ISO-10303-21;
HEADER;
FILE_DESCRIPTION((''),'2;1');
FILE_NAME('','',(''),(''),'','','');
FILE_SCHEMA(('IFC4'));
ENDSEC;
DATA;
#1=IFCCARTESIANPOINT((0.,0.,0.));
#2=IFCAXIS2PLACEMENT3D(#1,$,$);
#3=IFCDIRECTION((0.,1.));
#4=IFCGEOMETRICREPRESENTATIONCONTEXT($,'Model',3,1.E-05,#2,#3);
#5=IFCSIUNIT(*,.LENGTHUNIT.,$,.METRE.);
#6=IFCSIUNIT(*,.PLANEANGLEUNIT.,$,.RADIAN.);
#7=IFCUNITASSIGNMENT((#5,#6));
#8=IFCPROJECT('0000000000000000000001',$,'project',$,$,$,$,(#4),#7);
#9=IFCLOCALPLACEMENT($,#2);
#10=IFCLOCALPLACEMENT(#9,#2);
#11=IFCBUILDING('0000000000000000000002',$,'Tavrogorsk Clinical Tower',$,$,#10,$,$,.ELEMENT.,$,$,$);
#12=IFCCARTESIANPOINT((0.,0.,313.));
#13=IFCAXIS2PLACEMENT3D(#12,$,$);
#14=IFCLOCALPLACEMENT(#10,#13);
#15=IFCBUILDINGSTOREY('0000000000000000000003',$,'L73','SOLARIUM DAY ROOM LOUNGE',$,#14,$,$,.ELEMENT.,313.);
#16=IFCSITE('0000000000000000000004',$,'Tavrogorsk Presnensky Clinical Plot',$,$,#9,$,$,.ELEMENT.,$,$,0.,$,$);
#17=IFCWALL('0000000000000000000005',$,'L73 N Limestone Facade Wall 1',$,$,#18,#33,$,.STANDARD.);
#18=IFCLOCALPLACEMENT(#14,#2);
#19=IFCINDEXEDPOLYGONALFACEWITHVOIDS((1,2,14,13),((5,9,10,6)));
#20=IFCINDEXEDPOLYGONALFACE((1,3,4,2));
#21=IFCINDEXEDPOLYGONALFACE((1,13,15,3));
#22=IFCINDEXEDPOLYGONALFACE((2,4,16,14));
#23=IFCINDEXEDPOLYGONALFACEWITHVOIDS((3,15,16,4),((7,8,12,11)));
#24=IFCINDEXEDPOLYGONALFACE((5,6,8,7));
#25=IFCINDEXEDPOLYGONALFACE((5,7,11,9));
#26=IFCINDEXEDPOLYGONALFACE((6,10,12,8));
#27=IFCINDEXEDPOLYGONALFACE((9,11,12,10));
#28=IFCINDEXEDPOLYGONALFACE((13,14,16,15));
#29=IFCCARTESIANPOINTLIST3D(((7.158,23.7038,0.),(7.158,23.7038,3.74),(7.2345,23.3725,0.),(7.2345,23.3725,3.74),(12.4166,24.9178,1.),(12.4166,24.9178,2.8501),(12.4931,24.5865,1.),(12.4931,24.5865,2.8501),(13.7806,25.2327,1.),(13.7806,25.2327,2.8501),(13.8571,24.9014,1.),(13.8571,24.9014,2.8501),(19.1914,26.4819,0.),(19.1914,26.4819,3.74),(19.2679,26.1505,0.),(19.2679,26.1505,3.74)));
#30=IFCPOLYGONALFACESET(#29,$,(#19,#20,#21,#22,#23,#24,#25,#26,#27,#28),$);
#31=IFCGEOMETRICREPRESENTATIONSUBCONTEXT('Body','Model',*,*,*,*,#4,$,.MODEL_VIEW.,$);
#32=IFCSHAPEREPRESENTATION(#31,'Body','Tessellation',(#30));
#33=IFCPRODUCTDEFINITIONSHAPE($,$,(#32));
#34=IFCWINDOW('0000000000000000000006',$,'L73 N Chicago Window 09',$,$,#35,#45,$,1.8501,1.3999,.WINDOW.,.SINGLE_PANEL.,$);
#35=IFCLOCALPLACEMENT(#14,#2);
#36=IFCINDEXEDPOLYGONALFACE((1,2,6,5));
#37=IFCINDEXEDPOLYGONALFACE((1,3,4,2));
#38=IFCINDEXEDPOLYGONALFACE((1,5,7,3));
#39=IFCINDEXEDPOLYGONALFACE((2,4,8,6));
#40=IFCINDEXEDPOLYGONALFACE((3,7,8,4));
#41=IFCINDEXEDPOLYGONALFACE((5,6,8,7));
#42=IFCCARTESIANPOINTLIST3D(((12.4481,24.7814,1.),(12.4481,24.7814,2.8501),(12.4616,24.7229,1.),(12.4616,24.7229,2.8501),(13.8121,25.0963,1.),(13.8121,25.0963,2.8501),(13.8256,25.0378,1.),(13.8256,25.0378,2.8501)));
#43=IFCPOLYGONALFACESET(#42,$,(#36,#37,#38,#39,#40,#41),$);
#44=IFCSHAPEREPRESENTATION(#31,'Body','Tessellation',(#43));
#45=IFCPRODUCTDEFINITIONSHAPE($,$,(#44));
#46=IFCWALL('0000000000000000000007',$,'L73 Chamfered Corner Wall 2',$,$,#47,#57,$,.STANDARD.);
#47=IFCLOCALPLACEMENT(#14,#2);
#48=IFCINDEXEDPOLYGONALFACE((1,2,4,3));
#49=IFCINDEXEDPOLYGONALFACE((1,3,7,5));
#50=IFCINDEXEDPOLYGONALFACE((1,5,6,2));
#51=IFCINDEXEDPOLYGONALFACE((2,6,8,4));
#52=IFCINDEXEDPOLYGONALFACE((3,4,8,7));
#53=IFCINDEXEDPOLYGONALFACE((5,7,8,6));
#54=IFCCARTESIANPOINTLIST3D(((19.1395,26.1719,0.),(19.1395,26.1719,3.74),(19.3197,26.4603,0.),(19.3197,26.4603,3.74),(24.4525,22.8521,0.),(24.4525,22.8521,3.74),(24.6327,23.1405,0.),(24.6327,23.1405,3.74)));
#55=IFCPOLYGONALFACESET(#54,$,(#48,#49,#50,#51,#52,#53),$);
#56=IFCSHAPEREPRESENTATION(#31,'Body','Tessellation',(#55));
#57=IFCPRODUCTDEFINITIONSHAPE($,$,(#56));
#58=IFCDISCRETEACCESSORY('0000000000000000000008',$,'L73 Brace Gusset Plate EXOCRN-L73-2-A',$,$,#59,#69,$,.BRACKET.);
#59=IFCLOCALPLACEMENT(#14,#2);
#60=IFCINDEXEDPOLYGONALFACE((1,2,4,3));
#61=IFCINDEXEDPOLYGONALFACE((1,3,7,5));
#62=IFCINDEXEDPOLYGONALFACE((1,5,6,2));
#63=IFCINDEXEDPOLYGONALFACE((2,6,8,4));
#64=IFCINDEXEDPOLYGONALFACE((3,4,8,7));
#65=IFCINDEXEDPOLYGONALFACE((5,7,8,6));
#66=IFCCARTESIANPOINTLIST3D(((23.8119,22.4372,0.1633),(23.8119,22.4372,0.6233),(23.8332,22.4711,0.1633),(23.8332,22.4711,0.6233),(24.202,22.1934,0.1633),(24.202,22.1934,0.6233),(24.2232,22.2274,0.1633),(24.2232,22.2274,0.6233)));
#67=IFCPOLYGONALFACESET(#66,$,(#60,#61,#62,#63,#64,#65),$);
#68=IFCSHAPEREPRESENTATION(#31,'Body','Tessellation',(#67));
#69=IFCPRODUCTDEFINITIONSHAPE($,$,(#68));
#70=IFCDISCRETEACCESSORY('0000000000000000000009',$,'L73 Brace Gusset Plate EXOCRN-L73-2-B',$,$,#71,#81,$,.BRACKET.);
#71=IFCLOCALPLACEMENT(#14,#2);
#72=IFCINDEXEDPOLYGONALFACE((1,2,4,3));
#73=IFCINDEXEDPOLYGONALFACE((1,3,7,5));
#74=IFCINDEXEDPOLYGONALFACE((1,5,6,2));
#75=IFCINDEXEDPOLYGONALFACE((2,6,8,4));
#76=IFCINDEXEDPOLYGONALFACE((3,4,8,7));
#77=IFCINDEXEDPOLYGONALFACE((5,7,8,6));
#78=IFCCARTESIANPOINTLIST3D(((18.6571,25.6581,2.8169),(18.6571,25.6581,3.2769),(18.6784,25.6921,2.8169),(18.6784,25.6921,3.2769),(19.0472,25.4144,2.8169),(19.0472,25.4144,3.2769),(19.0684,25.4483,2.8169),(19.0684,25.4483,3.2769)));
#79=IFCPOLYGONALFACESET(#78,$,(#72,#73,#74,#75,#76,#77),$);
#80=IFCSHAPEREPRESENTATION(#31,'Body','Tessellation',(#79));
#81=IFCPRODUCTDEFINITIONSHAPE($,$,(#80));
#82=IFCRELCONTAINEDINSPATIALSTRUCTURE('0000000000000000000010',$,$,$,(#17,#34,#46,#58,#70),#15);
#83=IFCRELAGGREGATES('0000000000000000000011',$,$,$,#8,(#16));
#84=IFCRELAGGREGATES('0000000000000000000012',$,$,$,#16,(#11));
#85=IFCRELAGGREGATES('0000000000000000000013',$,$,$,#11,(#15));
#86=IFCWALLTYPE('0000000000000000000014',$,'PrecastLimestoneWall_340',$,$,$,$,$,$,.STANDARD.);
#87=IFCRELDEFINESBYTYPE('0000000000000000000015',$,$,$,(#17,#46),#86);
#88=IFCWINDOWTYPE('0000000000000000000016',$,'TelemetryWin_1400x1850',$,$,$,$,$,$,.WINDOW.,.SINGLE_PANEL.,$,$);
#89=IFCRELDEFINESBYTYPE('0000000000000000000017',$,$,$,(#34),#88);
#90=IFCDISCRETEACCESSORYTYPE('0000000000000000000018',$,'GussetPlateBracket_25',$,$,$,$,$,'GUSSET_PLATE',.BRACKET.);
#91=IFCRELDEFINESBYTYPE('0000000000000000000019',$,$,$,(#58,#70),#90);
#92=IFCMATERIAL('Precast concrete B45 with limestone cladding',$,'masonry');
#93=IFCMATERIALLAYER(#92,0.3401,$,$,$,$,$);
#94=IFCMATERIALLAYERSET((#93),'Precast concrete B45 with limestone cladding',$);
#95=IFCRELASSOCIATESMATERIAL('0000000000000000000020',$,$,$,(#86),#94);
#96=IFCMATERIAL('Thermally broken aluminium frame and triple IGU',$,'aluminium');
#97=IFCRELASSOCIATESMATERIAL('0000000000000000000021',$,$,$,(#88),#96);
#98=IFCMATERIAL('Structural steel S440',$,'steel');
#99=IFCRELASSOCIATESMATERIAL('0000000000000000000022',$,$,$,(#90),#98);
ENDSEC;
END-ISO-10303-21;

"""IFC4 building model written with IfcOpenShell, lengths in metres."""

from ifc_helpers import new_model, si_unit, direction, frame, frame_2d, origin, origin_2d, place, context, subcontext, project, spatial, rectangle, extrude, material, layer, layer_set, type_object, element, fill, save


model = new_model("IFC4")

# Units and contexts
model_context = context("Model", 3, precision=1e-05, world=origin(), true_north=direction((0.0, 1.0)))
body_context = subcontext(model_context, "Body", "Model", "MODEL_VIEW")
ifc_project = project(units=[si_unit("LENGTHUNIT", "METRE"), si_unit("PLANEANGLEUNIT", "RADIAN")], contexts=[model_context])

# Site, building, storey
site_placement = place(None, origin())
site = spatial("IfcSite", under=ifc_project, at=site_placement, Name="Tavrogorsk Presnensky Clinical Plot", CompositionType="ELEMENT", RefElevation=0.0)
building_placement = place(site_placement, origin())
building = spatial("IfcBuilding", under=site, at=building_placement, Name="Tavrogorsk Clinical Tower", CompositionType="ELEMENT")
storey_placement = place(building_placement, frame((0.0, 0.0, 313.0)))
storey = spatial("IfcBuildingStorey", under=building, at=storey_placement, Name="L73", Description="SOLARIUM DAY ROOM LOUNGE", CompositionType="ELEMENT", Elevation=313.0)

# Wall, opening, window
ifc_material_1 = material(Name="Precast concrete B45 with limestone cladding", Category="masonry")
ifc_layer_1 = layer(ifc_material_1, 0.3401)
ifc_layer_set_1 = layer_set([ifc_layer_1], Name="Precast concrete B45 with limestone cladding")
wall_type_1 = type_object("IfcWallType", Name="PrecastLimestoneWall_340", PredefinedType="STANDARD", material=ifc_layer_set_1)
wall_1_placement = place(storey_placement, frame((19.2295, 26.3162, 0.0), z_axis=(0.0, 0.0, 1.0), x_axis=(-0.974371, -0.224946, 0.0)))
wall_1 = element("IfcWall", 1, at=wall_1_placement, inside=storey, type_object=wall_type_1, Name="L73 N Limestone Facade Wall 1", PredefinedType="STANDARD", context=body_context, shape_type="SweptSolid", body=[
    extrude(rectangle(XDim=12.3499, YDim=0.3401, at=frame_2d((6.1748, 0.0))), origin(), (0.0, 0.0, 1.0), 3.74),
])
opening_placement = place(wall_1_placement, frame((5.553, 0.0, 1.0)))
opening = element("IfcOpeningElement", 2, at=opening_placement, cuts=wall_1, PredefinedType="OPENING", context=body_context, shape_type="SweptSolid", body=[
    extrude(rectangle(XDim=1.3999, YDim=1.8501, at=frame_2d((0.7, 0.925))), frame((0.0, 0.1799, 0.0), z_axis=(0.0, -1.0, 0.0), x_axis=(1.0, 0.0, 0.0)), (0.0, 0.0, 1.0), 0.3601),
])
ifc_material_2 = material(Name="Thermally broken aluminium frame and triple IGU", Category="aluminium")
window_type = type_object("IfcWindowType", Name="TelemetryWin_1400x1850", PartitioningType="SINGLE_PANEL", PredefinedType="WINDOW", material=ifc_material_2)
window_placement = place(opening_placement, origin())
window = element("IfcWindow", 3, at=window_placement, inside=storey, type_object=window_type, Name="L73 N Chicago Window 09", OverallHeight=1.8501, OverallWidth=1.3999, PartitioningType="SINGLE_PANEL", PredefinedType="WINDOW", context=body_context, shape_type="SweptSolid", body=[
    extrude(rectangle(XDim=1.3999, YDim=1.8501, at=frame_2d((0.7, 0.925))), frame((0.0, 0.03, 0.0), z_axis=(0.0, -1.0, 0.0), x_axis=(1.0, 0.0, 0.0)), (0.0, 0.0, 1.0), 0.0601),
])
fill(opening, window)

# Wall
wall_2_placement = place(storey_placement, frame((24.5425, 22.9963, 0.0), z_axis=(0.0, 0.0, 1.0), x_axis=(-0.848055, 0.529908, 0.0)))
element("IfcWall", 4, at=wall_2_placement, inside=storey, type_object=wall_type_1, Name="L73 Chamfered Corner Wall 2", PredefinedType="STANDARD", context=body_context, shape_type="SweptSolid", body=[
    extrude(rectangle(XDim=6.2649, YDim=0.3401, at=frame_2d((3.1323, 0.0))), origin(), (0.0, 0.0, 1.0), 3.74),
])

# Discrete accessories
ifc_material_3 = material(Name="Structural steel S440", Category="steel")
discrete_accessory_type = type_object("IfcDiscreteAccessoryType", Name="GussetPlateBracket_25", ElementType="GUSSET_PLATE", PredefinedType="BRACKET", material=ifc_material_3)
for number, where, z_axis, x_axis, name in (
    (5, (24.0176, 22.3323, 0.1633), (0.0, 0.0, 1.0), (-0.848048, 0.529919, 0.0), "L73 Brace Gusset Plate EXOCRN-L73-2-A"),
    (6, (18.8628, 25.5532, 2.8169), (0.0, 0.0, 1.0), (-0.848048, 0.529919, 0.0), "L73 Brace Gusset Plate EXOCRN-L73-2-B"),
):
    element("IfcDiscreteAccessory", number, at=place(storey_placement, frame(where, z_axis=z_axis, x_axis=x_axis)), inside=storey, type_object=discrete_accessory_type, Name=name, PredefinedType="BRACKET", context=body_context, shape_type="SweptSolid", body=[
        extrude(rectangle(XDim=0.46, YDim=0.04, at=origin_2d()), origin(), (0.0, 0.0, 1.0), 0.46),
    ])

save(model, "model.ifc")
